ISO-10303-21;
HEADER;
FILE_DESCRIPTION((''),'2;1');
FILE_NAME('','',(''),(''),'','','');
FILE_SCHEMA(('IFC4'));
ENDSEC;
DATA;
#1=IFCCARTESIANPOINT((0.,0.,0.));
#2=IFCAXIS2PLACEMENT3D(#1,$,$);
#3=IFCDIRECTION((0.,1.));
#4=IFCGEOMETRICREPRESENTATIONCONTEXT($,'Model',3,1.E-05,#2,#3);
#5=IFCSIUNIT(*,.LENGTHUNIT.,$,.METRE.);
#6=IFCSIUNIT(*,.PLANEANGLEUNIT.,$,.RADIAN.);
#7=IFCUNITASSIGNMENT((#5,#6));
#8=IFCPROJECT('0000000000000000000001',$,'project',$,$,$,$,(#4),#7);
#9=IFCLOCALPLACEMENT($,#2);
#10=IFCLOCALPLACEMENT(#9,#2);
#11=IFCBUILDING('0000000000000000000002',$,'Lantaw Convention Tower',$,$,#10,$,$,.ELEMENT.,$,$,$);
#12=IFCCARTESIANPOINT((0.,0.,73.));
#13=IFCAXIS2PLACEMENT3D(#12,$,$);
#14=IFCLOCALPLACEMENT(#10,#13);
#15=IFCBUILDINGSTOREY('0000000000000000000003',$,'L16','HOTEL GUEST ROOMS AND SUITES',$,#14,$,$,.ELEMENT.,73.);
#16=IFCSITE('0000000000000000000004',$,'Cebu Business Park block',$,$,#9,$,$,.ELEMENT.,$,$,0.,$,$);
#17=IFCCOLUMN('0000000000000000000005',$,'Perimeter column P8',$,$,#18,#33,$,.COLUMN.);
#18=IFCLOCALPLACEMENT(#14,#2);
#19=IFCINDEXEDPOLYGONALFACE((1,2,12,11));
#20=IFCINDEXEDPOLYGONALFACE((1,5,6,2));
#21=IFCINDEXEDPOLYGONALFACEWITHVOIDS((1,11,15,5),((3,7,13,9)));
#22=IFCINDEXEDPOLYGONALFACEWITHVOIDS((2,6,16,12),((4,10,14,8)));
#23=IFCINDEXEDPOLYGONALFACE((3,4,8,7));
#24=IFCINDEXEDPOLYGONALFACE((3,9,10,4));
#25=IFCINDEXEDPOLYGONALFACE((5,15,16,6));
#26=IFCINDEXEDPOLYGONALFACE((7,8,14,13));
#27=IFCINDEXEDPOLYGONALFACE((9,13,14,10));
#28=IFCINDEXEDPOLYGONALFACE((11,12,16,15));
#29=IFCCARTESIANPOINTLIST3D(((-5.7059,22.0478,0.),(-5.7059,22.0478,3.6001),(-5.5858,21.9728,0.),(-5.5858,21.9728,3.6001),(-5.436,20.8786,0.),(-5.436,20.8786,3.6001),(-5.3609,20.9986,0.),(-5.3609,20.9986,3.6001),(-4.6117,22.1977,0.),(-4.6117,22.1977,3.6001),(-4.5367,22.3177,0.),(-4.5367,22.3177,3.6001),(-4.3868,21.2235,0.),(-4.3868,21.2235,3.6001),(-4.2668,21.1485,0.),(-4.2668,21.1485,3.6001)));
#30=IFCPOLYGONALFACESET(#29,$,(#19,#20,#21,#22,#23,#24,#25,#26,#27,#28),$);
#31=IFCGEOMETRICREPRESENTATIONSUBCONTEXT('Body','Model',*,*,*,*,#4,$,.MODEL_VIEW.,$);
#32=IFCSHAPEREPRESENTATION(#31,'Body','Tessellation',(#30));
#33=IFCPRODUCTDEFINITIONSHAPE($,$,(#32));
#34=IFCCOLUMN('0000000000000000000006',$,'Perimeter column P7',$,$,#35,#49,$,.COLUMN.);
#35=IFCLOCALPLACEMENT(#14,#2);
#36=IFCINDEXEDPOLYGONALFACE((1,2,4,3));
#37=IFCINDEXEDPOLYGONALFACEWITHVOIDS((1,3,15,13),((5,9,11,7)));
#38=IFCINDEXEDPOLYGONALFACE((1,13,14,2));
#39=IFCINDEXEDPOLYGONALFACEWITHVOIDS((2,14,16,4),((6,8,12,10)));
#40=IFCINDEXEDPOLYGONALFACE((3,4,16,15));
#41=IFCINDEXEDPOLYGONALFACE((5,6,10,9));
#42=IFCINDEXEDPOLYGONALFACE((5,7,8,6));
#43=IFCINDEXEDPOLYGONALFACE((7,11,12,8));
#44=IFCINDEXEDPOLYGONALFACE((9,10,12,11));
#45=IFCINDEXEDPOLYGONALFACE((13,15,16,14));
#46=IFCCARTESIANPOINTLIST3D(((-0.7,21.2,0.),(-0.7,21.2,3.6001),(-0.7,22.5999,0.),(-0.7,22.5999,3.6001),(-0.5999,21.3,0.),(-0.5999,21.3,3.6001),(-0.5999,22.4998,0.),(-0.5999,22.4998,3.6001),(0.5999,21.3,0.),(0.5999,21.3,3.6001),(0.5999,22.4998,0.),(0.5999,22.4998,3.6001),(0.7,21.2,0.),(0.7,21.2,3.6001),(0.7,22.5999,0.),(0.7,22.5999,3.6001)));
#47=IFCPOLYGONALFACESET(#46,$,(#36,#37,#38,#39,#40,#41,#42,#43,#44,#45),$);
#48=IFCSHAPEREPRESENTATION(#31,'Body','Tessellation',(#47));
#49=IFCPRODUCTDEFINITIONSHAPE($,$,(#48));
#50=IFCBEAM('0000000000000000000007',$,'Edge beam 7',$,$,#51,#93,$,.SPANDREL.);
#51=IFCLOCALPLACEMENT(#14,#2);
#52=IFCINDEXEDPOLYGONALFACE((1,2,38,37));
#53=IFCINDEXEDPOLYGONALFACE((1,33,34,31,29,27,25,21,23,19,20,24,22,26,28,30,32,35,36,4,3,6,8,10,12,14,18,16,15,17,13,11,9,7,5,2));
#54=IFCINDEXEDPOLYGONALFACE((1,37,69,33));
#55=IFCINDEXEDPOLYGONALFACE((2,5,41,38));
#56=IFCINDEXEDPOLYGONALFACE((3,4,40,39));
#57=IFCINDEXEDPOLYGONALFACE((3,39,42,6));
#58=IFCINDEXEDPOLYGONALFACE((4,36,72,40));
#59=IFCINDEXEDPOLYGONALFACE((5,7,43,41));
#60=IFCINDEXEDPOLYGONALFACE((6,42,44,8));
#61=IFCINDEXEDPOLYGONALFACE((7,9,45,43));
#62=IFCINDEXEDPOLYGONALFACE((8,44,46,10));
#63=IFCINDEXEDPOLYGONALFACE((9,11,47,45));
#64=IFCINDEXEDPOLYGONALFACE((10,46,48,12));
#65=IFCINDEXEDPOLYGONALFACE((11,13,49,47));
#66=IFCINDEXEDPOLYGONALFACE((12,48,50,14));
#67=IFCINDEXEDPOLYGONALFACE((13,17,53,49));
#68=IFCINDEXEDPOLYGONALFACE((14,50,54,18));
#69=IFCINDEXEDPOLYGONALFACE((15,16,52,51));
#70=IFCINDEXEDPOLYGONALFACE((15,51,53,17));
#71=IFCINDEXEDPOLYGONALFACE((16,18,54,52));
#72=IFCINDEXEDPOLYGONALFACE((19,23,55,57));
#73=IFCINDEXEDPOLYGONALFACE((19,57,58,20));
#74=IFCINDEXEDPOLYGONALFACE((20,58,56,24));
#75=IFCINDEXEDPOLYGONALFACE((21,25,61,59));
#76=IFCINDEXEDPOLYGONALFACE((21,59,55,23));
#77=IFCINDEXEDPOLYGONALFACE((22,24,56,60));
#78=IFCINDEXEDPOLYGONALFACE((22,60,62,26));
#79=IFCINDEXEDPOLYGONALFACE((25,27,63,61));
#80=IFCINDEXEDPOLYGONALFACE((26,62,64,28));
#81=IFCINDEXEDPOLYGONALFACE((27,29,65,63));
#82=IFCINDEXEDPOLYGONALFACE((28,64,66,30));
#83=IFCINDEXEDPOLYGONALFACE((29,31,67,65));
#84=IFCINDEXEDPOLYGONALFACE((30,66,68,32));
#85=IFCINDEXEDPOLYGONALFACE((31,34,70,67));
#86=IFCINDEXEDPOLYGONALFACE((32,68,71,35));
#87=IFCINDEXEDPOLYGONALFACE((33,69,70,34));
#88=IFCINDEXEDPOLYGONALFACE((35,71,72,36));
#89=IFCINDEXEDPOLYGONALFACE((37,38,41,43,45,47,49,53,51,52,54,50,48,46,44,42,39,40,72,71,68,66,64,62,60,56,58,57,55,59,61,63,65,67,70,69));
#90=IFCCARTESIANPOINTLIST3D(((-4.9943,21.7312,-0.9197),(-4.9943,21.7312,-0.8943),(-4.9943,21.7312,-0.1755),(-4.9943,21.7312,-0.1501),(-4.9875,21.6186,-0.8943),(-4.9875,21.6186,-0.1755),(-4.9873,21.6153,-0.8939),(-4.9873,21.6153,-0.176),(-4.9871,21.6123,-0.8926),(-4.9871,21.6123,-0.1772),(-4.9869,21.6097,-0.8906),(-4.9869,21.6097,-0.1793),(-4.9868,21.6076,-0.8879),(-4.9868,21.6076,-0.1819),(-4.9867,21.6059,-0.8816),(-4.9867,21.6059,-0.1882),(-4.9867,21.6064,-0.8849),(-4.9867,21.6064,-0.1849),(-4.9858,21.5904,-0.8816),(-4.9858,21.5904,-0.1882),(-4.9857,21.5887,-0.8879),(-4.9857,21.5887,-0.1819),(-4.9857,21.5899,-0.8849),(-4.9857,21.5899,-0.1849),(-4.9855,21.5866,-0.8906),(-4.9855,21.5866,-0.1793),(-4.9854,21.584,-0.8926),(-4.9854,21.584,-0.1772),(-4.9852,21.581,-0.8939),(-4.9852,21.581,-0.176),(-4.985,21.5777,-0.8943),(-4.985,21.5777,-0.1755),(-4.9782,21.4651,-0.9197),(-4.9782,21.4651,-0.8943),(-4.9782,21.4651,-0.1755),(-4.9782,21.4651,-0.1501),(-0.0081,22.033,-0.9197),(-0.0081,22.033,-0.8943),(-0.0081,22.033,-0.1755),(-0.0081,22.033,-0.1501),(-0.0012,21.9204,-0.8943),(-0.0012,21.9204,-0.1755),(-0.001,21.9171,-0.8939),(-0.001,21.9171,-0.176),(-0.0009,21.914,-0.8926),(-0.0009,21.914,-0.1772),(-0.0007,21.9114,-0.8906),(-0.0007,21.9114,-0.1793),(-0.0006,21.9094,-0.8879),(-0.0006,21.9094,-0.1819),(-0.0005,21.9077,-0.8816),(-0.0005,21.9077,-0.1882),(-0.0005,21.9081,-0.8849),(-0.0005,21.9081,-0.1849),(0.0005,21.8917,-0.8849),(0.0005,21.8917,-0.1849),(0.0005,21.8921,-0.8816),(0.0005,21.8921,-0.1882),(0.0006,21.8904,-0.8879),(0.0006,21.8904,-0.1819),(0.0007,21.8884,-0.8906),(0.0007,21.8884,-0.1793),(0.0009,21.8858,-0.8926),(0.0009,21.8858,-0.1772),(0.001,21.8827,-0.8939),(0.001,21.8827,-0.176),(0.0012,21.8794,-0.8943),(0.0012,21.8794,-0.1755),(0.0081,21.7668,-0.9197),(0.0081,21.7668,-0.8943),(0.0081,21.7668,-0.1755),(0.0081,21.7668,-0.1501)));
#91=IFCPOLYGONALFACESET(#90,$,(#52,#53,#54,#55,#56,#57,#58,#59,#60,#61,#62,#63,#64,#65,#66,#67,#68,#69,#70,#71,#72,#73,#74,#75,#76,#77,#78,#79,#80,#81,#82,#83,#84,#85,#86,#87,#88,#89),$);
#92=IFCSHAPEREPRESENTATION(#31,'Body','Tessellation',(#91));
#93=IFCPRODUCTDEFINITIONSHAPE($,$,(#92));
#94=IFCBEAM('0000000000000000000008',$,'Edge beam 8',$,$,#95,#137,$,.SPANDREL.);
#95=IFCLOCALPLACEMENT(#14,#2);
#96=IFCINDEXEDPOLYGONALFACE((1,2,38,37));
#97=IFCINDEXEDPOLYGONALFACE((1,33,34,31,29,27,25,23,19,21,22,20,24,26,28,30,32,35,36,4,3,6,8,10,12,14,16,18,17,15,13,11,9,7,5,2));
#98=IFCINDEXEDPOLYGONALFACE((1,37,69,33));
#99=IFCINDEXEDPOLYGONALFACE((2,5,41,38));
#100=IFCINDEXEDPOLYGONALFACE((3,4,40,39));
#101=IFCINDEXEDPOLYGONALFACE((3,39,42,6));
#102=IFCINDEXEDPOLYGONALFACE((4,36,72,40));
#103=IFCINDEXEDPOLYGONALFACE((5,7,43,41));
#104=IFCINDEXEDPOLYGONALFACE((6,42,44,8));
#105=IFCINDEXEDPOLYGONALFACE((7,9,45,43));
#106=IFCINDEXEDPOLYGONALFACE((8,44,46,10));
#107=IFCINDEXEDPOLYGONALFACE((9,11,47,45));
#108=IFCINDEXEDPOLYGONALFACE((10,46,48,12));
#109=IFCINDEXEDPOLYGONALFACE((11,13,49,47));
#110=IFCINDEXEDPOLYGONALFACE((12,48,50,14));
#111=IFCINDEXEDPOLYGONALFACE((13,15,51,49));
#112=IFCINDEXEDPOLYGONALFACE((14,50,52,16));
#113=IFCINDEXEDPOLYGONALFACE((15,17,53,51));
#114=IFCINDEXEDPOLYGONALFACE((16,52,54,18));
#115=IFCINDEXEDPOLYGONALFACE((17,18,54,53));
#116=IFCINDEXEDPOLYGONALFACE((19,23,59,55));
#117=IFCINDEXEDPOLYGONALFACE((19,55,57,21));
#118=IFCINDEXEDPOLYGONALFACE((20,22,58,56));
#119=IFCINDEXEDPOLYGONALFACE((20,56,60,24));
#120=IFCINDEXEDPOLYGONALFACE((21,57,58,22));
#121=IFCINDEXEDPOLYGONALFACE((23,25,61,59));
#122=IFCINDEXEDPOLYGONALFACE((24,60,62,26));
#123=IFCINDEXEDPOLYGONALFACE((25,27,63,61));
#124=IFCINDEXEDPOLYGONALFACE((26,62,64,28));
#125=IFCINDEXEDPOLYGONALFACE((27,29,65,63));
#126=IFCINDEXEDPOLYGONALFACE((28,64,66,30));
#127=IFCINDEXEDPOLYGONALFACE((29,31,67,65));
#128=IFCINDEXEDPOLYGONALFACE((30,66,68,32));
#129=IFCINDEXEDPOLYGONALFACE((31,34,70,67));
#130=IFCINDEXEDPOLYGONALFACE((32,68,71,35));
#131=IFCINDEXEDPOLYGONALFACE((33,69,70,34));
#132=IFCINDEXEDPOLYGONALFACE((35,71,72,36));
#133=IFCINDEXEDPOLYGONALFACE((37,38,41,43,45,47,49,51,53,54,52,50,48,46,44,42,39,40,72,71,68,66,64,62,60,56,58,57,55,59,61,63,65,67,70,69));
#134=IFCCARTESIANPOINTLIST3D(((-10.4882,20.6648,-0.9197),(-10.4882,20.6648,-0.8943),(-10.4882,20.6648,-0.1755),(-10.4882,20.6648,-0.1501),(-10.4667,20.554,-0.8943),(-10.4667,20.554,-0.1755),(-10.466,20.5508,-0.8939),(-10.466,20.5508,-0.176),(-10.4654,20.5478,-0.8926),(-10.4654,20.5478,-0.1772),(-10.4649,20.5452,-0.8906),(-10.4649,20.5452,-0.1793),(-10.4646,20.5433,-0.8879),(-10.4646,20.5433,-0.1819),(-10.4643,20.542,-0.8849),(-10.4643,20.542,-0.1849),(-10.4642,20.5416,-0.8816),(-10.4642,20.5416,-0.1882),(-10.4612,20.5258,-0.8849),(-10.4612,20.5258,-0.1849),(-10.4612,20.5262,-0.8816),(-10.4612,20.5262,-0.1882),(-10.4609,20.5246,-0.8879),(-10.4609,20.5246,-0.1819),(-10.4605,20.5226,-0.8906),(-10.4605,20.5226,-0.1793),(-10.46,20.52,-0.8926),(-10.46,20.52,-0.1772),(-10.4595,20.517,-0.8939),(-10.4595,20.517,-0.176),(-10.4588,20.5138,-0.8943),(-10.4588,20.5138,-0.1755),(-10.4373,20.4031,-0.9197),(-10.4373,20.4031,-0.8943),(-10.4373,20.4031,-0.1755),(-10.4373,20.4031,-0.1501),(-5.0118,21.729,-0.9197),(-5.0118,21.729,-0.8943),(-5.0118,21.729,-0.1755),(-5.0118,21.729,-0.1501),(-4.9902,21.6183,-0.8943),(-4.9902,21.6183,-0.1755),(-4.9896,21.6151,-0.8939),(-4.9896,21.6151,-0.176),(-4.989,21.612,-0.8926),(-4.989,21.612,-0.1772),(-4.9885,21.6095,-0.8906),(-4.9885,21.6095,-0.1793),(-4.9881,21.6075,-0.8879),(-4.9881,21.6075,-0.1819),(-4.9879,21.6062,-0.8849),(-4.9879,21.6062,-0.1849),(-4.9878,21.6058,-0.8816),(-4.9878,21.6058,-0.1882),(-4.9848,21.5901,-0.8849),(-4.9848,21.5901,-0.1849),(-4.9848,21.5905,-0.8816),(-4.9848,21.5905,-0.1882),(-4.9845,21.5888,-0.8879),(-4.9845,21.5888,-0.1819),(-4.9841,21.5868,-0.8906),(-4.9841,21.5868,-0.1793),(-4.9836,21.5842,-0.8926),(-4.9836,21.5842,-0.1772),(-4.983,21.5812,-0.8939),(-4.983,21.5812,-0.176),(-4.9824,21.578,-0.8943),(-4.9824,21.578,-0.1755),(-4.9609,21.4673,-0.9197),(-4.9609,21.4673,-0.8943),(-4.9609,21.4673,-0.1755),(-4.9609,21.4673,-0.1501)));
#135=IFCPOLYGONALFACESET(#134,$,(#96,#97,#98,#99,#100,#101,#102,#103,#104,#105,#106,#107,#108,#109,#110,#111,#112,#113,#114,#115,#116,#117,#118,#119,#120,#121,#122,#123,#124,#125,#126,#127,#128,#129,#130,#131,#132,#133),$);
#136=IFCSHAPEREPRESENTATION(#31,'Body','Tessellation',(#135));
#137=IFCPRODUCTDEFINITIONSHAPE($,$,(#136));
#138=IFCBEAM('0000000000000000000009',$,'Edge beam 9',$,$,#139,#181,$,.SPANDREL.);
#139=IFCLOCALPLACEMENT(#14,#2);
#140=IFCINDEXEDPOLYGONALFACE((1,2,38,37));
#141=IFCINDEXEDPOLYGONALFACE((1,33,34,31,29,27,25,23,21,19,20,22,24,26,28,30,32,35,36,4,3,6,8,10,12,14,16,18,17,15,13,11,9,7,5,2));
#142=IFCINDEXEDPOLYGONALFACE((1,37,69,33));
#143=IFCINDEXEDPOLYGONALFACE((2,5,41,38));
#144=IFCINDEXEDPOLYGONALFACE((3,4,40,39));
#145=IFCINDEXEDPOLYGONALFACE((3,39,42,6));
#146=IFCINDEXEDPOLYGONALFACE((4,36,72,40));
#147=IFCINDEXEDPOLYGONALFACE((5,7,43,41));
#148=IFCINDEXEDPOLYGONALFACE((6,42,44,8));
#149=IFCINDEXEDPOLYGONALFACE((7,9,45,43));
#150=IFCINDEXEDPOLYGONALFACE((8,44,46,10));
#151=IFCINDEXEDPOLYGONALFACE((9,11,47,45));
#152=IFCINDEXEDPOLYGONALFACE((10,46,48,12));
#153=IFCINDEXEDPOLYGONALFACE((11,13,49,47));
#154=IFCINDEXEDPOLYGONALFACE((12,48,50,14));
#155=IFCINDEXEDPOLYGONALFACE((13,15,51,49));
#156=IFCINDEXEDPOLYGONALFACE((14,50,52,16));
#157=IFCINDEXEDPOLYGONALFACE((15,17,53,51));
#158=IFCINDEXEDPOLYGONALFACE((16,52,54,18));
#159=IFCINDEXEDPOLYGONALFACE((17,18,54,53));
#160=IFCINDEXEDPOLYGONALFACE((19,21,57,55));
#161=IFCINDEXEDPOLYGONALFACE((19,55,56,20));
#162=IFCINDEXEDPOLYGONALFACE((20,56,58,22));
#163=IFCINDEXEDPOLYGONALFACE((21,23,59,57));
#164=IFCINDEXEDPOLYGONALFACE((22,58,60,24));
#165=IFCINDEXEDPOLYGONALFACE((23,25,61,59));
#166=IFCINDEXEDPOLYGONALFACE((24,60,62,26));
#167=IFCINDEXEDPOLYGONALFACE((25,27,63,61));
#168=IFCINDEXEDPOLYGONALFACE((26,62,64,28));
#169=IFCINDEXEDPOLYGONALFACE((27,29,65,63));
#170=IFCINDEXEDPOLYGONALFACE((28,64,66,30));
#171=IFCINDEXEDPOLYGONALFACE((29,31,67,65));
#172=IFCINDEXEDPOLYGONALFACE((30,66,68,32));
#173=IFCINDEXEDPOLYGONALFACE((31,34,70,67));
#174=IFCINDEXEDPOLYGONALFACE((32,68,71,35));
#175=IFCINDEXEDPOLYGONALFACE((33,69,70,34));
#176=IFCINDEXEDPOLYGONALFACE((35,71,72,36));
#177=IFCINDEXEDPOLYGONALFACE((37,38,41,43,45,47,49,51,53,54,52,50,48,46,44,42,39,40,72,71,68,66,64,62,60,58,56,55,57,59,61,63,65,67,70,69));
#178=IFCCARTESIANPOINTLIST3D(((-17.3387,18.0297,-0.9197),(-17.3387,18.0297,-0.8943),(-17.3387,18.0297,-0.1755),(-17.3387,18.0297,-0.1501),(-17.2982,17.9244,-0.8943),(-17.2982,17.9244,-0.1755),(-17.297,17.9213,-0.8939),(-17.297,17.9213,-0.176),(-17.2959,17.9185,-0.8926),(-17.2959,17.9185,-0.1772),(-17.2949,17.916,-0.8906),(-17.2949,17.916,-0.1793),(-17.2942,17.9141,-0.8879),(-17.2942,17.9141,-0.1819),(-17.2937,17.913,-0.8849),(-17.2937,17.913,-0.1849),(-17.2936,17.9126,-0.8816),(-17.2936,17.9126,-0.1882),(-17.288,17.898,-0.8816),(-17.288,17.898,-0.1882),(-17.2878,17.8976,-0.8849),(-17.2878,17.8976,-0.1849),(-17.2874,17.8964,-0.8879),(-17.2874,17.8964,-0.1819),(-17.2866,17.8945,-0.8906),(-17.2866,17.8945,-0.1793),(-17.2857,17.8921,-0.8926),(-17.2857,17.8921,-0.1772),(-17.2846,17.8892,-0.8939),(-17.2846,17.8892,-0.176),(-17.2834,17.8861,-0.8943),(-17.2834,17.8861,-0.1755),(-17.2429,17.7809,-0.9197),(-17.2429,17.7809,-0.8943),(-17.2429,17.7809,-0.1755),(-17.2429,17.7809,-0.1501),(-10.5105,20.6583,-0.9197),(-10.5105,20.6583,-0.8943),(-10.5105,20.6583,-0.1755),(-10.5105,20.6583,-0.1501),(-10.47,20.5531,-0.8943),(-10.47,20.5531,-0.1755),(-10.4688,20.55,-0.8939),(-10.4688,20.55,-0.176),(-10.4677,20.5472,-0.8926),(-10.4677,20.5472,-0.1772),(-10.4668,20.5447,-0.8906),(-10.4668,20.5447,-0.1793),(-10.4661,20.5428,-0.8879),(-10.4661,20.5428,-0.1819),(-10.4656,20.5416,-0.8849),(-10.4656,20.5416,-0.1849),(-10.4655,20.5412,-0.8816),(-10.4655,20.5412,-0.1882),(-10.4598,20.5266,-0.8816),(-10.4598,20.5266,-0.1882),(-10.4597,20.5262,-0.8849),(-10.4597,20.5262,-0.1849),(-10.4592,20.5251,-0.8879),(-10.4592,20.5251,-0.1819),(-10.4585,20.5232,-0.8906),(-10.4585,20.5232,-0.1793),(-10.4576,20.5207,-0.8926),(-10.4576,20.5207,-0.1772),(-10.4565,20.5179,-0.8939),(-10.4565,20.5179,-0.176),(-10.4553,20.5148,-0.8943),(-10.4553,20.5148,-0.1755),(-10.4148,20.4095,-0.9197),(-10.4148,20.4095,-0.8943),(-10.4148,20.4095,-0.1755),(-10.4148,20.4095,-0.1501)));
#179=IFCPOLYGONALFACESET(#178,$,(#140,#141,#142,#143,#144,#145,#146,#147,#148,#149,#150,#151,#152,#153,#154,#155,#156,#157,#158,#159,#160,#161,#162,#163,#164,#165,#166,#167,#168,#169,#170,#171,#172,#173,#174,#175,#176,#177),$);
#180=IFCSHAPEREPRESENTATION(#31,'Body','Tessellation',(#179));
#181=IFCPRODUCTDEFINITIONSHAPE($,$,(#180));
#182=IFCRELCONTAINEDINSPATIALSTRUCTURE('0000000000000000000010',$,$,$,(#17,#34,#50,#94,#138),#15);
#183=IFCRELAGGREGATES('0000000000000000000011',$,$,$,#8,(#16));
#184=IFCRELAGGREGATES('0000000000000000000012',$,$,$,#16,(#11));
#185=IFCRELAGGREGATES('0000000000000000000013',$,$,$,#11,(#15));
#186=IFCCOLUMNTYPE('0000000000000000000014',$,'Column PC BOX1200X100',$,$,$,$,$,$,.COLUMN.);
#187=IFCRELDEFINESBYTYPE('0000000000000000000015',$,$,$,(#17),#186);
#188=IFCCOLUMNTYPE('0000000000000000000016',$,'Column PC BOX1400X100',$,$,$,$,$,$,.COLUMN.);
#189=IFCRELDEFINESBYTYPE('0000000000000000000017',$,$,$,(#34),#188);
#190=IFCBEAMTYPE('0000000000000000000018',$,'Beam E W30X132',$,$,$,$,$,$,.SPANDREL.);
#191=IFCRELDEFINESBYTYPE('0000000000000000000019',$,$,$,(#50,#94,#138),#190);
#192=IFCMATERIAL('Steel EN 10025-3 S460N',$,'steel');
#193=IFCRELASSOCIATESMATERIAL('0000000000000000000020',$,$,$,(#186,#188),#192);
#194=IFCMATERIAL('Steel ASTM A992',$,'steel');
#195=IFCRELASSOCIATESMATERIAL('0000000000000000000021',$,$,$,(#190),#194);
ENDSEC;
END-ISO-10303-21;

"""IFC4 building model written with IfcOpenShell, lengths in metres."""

from ifc_helpers import new_model, si_unit, direction, frame, origin, origin_2d, place, context, subcontext, project, spatial, rectangle, hollow_rectangle, i_section, extrude, material, material_profile, profile_set, type_object, element, save


model = new_model("IFC4")

# Units and contexts
model_context = context("Model", 3, precision=1e-05, world=origin(), true_north=direction((0.0, 1.0)))
body_context = subcontext(model_context, "Body", "Model", "MODEL_VIEW")
ifc_project = project(units=[si_unit("LENGTHUNIT", "METRE"), si_unit("PLANEANGLEUNIT", "RADIAN")], contexts=[model_context])

# Site, building, storey
site_placement = place(None, origin())
site = spatial("IfcSite", under=ifc_project, at=site_placement, Name="Cebu Business Park block", CompositionType="ELEMENT", RefElevation=0.0)
building_placement = place(site_placement, origin())
building = spatial("IfcBuilding", under=site, at=building_placement, Name="Lantaw Convention Tower", CompositionType="ELEMENT")
storey_placement = place(building_placement, frame((0.0, 0.0, 73.0)))
storey = spatial("IfcBuildingStorey", under=building, at=storey_placement, Name="L16", Description="HOTEL GUEST ROOMS AND SUITES", CompositionType="ELEMENT", Elevation=73.0)

# Columns
ifc_material_1 = material(Name="Steel EN 10025-3 S460N", Category="steel")
ifc_material_profile_1 = material_profile(ifc_material_1, hollow_rectangle(XDim=1.2, YDim=1.2, WallThickness=0.1001, at=origin_2d()), Name="BOX1200X100")
ifc_material_2 = material(Name="Concrete C60/75", Category="concrete")
ifc_material_profile_2 = material_profile(ifc_material_2, rectangle(XDim=1.0, YDim=1.0, at=origin_2d()), Name="Concrete fill of BOX1200X100")
ifc_profile_set_1 = profile_set([ifc_material_profile_1, ifc_material_profile_2], Name="Steel EN 10025-3 S460N")
column_type_1 = type_object("IfcColumnType", Name="Column PC BOX1200X100", PredefinedType="COLUMN", material=ifc_profile_set_1)
column_1_placement = place(storey_placement, frame((-4.9863, 21.5981, 0.0), z_axis=(0.0, 0.0, 1.0), x_axis=(0.97437, 0.224951, 0.0)))
element("IfcColumn", 1, at=column_1_placement, inside=storey, type_object=column_type_1, Name="Perimeter column P8", PredefinedType="COLUMN", context=body_context, shape_type="SweptSolid", body=[
    extrude(hollow_rectangle(XDim=1.2, YDim=1.2, WallThickness=0.1001, at=origin_2d()), origin(), (0.0, 0.0, 1.0), 3.6001),
])
ifc_material_profile_3 = material_profile(ifc_material_1, hollow_rectangle(XDim=1.3999, YDim=1.3999, WallThickness=0.1001, at=origin_2d()), Name="BOX1400X100")
ifc_material_profile_4 = material_profile(ifc_material_2, rectangle(XDim=1.2, YDim=1.2, at=origin_2d()), Name="Concrete fill of BOX1400X100")
ifc_profile_set_2 = profile_set([ifc_material_profile_3, ifc_material_profile_4], Name="Steel EN 10025-3 S460N")
column_type_2 = type_object("IfcColumnType", Name="Column PC BOX1400X100", PredefinedType="COLUMN", material=ifc_profile_set_2)
column_2_placement = place(storey_placement, frame((0.0, 21.8999, 0.0), z_axis=(0.0, 0.0, 1.0), x_axis=(1.0, 0.0, 0.0)))
element("IfcColumn", 2, at=column_2_placement, inside=storey, type_object=column_type_2, Name="Perimeter column P7", PredefinedType="COLUMN", context=body_context, shape_type="SweptSolid", body=[
    extrude(hollow_rectangle(XDim=1.3999, YDim=1.3999, WallThickness=0.1001, at=origin_2d()), origin(), (0.0, 0.0, 1.0), 3.6001),
])

# Beams
ifc_material_3 = material(Name="Steel ASTM A992", Category="steel")
ifc_material_profile_5 = material_profile(ifc_material_3, i_section(OverallWidth=0.2666, OverallDepth=0.7695, WebThickness=0.0156, FlangeThickness=0.0254, FilletRadius=0.0127, at=origin_2d()), Name="W30X132")
ifc_profile_set_3 = profile_set([ifc_material_profile_5], Name="Steel ASTM A992")
beam_type = type_object("IfcBeamType", Name="Beam E W30X132", PredefinedType="SPANDREL", material=ifc_profile_set_3)
beam_1_placement = place(storey_placement, frame((0.0, 21.8999, -0.5349), z_axis=(-0.998174, -0.060407, 0.0), x_axis=(0.060407, -0.998174, 0.0)))
element("IfcBeam", 3, at=beam_1_placement, inside=storey, type_object=beam_type, Name="Edge beam 7", PredefinedType="SPANDREL", context=body_context, shape_type="SweptSolid", body=[
    extrude(i_section(OverallWidth=0.2666, OverallDepth=0.7695, WebThickness=0.0156, FlangeThickness=0.0254, FilletRadius=0.0127, at=origin_2d()), origin(), (0.0, 0.0, 1.0), 4.9954),
])
beam_2_placement = place(storey_placement, frame((-4.9863, 21.5981, -0.5349), z_axis=(-0.981637, -0.190761, 0.0), x_axis=(0.190761, -0.981637, 0.0)))
element("IfcBeam", 4, at=beam_2_placement, inside=storey, type_object=beam_type, Name="Edge beam 8", PredefinedType="SPANDREL", context=body_context, shape_type="SweptSolid", body=[
    extrude(i_section(OverallWidth=0.2666, OverallDepth=0.7695, WebThickness=0.0156, FlangeThickness=0.0254, FilletRadius=0.0127, at=origin_2d()), origin(), (0.0, 0.0, 1.0), 5.5789),
])
beam_3_placement = place(storey_placement, frame((-10.4626, 20.5339, -0.5349), z_axis=(-0.933233, -0.359272, 0.0), x_axis=(0.359272, -0.933233, 0.0)))
element("IfcBeam", 5, at=beam_3_placement, inside=storey, type_object=beam_type, Name="Edge beam 9", PredefinedType="SPANDREL", context=body_context, shape_type="SweptSolid", body=[
    extrude(i_section(OverallWidth=0.2666, OverallDepth=0.7695, WebThickness=0.0156, FlangeThickness=0.0254, FilletRadius=0.0127, at=origin_2d()), origin(), (0.0, 0.0, 1.0), 7.3167),
])

save(model, "model.ifc")
